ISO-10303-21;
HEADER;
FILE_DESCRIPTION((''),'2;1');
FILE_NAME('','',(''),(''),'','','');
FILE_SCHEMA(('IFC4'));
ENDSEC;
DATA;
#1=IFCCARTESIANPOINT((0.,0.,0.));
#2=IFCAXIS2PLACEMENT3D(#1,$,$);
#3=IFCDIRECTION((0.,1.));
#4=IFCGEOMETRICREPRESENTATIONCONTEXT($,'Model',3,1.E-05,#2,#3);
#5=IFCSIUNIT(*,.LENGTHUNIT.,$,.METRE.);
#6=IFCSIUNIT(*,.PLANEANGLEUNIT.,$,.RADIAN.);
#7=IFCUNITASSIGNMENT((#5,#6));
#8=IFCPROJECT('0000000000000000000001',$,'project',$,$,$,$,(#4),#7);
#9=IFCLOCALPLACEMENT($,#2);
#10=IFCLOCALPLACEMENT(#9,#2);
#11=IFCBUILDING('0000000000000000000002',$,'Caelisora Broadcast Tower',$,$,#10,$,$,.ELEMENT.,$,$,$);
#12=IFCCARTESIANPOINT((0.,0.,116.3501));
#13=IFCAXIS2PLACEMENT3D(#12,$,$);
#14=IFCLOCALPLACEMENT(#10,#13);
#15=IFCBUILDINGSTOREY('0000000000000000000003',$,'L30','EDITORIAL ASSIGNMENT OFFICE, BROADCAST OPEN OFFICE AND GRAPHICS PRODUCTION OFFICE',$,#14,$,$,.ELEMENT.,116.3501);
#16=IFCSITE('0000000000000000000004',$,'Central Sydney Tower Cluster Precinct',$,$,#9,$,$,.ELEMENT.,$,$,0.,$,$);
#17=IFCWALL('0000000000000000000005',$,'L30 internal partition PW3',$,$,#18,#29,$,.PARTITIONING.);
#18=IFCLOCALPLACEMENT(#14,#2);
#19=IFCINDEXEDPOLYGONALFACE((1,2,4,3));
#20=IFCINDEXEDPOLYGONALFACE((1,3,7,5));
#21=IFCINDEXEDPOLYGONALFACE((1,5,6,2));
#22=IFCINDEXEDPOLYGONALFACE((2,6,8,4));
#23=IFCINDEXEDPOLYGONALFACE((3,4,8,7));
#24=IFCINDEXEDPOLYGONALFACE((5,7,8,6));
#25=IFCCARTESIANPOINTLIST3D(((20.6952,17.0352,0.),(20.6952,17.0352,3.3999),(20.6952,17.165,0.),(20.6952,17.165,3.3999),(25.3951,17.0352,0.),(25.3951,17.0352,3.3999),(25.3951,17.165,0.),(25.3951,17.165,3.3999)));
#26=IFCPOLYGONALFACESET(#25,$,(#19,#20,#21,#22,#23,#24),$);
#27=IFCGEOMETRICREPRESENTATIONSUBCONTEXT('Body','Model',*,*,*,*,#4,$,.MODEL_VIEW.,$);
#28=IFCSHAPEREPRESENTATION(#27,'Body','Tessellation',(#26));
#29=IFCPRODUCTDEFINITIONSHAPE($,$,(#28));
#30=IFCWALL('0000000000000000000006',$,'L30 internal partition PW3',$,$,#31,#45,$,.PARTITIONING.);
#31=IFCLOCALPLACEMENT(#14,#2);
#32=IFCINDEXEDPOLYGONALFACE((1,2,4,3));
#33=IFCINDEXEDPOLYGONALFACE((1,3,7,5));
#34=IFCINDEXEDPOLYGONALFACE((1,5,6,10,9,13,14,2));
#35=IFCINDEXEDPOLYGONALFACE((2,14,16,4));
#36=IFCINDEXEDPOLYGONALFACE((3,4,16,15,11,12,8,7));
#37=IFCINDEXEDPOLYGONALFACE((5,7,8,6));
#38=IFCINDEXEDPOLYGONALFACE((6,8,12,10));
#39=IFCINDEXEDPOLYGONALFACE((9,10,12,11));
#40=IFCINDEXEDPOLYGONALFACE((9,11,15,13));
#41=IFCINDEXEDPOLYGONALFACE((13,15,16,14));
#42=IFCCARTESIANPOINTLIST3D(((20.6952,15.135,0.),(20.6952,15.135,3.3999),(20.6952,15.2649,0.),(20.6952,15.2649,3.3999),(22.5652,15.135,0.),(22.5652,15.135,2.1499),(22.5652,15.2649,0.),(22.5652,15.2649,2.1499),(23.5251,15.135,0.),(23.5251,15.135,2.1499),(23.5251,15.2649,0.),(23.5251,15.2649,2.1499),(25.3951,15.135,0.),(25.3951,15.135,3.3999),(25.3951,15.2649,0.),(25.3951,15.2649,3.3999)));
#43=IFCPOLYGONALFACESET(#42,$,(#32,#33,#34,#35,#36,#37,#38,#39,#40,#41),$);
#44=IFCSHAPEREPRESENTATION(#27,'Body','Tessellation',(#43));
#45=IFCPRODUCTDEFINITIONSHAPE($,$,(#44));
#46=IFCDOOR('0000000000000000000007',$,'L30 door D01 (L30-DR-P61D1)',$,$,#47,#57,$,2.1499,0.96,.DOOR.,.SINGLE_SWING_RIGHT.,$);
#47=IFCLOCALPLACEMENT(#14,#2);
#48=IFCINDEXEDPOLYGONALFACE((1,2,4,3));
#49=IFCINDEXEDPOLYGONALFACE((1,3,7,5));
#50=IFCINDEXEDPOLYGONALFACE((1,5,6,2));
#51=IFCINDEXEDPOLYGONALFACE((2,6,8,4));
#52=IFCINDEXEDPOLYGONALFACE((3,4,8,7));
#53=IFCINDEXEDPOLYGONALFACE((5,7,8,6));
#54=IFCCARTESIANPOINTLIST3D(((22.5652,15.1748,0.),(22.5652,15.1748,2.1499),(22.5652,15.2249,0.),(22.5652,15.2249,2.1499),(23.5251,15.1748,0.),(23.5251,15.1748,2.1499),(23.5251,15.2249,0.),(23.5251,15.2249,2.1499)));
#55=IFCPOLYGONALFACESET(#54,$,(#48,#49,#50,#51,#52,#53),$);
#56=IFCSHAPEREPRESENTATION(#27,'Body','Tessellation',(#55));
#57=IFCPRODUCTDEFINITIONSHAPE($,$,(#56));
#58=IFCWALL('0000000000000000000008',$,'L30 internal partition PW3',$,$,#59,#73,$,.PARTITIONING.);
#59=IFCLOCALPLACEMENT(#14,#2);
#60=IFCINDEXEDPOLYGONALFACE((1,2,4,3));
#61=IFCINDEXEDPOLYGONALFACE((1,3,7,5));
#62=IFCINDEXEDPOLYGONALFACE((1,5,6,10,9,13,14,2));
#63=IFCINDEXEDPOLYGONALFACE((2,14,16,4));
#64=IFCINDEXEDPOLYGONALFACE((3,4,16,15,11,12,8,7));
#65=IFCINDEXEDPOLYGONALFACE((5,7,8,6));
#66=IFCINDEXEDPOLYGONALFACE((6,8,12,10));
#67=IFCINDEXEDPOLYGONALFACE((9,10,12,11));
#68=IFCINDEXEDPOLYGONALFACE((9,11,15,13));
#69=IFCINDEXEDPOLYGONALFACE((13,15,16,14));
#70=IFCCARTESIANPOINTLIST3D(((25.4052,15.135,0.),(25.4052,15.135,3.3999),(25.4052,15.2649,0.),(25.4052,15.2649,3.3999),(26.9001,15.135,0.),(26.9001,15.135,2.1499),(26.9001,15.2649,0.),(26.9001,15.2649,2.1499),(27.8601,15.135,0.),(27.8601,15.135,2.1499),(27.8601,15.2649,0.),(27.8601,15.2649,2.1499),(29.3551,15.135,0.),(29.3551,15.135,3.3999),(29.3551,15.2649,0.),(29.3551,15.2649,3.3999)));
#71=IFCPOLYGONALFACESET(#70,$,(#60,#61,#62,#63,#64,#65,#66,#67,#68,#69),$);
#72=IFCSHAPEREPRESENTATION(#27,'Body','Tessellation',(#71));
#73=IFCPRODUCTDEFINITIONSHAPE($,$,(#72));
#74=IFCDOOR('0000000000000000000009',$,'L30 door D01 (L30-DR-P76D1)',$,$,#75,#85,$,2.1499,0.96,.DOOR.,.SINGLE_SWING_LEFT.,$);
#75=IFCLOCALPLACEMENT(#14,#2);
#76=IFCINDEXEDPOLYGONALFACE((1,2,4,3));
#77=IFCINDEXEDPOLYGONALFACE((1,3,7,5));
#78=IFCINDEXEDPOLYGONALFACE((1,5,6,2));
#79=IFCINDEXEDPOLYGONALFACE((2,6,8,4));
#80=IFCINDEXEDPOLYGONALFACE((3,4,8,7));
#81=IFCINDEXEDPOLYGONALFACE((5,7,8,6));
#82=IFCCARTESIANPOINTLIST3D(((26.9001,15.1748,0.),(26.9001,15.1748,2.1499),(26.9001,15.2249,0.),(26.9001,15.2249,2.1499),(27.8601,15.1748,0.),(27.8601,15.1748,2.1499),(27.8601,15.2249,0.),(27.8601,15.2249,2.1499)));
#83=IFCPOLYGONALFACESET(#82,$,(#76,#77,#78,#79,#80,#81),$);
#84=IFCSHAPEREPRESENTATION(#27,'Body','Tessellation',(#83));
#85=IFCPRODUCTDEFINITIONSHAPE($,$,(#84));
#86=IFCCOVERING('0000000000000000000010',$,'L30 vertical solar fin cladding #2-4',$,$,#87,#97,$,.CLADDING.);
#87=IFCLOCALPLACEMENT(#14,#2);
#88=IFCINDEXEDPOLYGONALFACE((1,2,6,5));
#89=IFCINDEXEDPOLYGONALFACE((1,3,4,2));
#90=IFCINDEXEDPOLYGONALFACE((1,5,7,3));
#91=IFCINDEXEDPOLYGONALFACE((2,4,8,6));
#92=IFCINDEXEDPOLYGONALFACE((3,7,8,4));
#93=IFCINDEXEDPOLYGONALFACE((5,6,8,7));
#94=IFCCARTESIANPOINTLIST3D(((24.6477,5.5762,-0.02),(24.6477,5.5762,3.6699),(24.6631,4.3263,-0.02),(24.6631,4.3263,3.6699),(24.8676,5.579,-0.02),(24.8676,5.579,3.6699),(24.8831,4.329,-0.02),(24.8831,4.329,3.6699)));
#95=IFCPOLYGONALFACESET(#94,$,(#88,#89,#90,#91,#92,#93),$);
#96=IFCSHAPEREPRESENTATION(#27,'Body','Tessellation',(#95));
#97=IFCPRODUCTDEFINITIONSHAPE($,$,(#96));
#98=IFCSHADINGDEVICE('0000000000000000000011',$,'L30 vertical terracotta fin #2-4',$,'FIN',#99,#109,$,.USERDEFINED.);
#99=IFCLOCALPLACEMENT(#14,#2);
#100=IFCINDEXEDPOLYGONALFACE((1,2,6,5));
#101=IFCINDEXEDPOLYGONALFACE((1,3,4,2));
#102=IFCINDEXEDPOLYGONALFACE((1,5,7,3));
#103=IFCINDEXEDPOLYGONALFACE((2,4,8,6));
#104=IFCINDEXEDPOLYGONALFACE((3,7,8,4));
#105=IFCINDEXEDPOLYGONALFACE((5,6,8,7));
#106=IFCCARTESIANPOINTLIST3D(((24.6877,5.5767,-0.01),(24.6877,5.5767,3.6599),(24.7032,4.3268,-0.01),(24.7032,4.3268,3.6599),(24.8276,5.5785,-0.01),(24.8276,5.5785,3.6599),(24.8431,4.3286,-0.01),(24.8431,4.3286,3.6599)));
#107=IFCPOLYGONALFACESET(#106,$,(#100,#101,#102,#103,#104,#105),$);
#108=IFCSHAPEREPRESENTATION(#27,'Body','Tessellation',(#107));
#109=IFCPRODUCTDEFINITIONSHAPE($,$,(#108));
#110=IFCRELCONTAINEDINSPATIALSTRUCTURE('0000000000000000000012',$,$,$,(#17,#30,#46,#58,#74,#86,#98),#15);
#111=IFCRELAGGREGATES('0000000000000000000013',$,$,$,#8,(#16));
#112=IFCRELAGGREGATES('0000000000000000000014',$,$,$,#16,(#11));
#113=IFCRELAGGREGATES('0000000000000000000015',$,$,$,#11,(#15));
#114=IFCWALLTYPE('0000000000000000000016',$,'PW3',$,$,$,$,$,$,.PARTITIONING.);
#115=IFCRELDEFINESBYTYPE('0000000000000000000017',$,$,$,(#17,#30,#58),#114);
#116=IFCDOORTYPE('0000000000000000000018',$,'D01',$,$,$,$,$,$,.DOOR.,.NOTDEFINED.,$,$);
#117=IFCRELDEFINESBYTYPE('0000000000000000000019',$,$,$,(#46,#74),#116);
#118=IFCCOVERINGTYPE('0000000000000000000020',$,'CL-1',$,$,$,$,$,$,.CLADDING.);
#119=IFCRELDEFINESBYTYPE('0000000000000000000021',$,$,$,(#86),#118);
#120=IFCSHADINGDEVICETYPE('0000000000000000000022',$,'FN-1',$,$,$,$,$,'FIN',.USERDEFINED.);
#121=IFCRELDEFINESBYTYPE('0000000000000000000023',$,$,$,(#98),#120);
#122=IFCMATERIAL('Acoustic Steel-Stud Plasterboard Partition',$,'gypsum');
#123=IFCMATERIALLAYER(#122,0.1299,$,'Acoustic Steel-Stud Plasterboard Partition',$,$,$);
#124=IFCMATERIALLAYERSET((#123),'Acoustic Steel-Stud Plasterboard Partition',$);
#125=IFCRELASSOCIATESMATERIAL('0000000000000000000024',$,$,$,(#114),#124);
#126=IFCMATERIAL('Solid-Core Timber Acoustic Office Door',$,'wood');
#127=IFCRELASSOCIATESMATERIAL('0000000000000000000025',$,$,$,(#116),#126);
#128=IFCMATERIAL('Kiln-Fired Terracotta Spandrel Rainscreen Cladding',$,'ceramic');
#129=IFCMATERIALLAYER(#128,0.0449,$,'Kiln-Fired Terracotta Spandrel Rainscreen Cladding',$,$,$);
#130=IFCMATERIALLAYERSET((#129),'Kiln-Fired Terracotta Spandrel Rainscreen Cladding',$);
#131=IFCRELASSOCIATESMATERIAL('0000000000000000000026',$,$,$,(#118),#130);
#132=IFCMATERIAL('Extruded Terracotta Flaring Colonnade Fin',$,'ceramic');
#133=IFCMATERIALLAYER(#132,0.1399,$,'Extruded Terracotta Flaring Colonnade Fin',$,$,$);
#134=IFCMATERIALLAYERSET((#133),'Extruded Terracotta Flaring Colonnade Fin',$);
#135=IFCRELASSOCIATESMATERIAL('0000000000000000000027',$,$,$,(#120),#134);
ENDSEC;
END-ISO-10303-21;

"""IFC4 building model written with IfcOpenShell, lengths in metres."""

from ifc_helpers import new_model, si_unit, direction, frame, frame_2d, origin, origin_2d, place, context, subcontext, project, spatial, rectangle, extrude, source, transform, mapped, material, layer, layer_set, type_object, type_shapes, element, fill, save


model = new_model("IFC4")

# Units and contexts
model_context = context("Model", 3, precision=1e-05, world=origin(), true_north=direction((0.0, 1.0)))
body_context = subcontext(model_context, "Body", "Model", "MODEL_VIEW")
ifc_project = project(units=[si_unit("LENGTHUNIT", "METRE"), si_unit("PLANEANGLEUNIT", "RADIAN")], contexts=[model_context])

# Site, building, storey
site_placement = place(None, origin())
site = spatial("IfcSite", under=ifc_project, at=site_placement, Name="Central Sydney Tower Cluster Precinct", CompositionType="ELEMENT", RefElevation=0.0)
building_placement = place(site_placement, origin())
building = spatial("IfcBuilding", under=site, at=building_placement, Name="Caelisora Broadcast Tower", CompositionType="ELEMENT")
storey_placement = place(building_placement, frame((0.0, 0.0, 116.3501)))
storey = spatial("IfcBuildingStorey", under=building, at=storey_placement, Name="L30", Description="EDITORIAL ASSIGNMENT OFFICE, BROADCAST OPEN OFFICE AND GRAPHICS PRODUCTION OFFICE", CompositionType="ELEMENT", Elevation=116.3501)

# Shared definitions
ifc_material_1 = material(Name="Acoustic Steel-Stud Plasterboard Partition", Category="gypsum")
ifc_layer_1 = layer(ifc_material_1, 0.1299, Name="Acoustic Steel-Stud Plasterboard Partition")
ifc_layer_set_1 = layer_set([ifc_layer_1], Name="Acoustic Steel-Stud Plasterboard Partition")
wall_type = type_object("IfcWallType", Name="PW3", PredefinedType="PARTITIONING", material=ifc_layer_set_1)

# Shared definitions
ifc_material_2 = material(Name="Solid-Core Timber Acoustic Office Door", Category="wood")
door_type = type_object("IfcDoorType", Name="D01", OperationType="NOTDEFINED", PredefinedType="DOOR", material=ifc_material_2)

# Wall
wall_1_placement = place(storey_placement, frame((20.6951, 17.1001, 0.0), z_axis=(0.0, 0.0, 1.0), x_axis=(1.0, 0.0, 0.0)))
element("IfcWall", 1, at=wall_1_placement, inside=storey, type_object=wall_type, Name="L30 internal partition PW3", PredefinedType="PARTITIONING", context=body_context, shape_type="SweptSolid", body=[
    extrude(rectangle(XDim=4.7, YDim=0.1299, at=frame_2d((2.3501, 0.0))), origin(), (0.0, 0.0, 1.0), 3.3999),
])

# Walls, openings, doors
wall_2_placement = place(storey_placement, frame((20.6951, 15.2, 0.0), z_axis=(0.0, 0.0, 1.0), x_axis=(1.0, 0.0, 0.0)))
wall_2 = element("IfcWall", 2, at=wall_2_placement, inside=storey, type_object=wall_type, Name="L30 internal partition PW3", PredefinedType="PARTITIONING", context=body_context, shape_type="SweptSolid", body=[
    extrude(rectangle(XDim=4.7, YDim=0.1299, at=frame_2d((2.3501, 0.0))), origin(), (0.0, 0.0, 1.0), 3.3999),
])
opening_1_placement = place(wall_2_placement, frame((1.8701, 0.0, 0.0)))
opening_1 = element("IfcOpeningElement", 3, at=opening_1_placement, cuts=wall_2, PredefinedType="OPENING", context=body_context, shape_type="SweptSolid", body=[
    extrude(rectangle(XDim=0.96, YDim=2.1499, at=frame_2d((0.48, 1.075))), frame((0.0, 0.0769, 0.0), z_axis=(0.0, -1.0, 0.0), x_axis=(1.0, 0.0, 0.0)), (0.0, 0.0, 1.0), 0.1538),
])
door_1_placement = place(opening_1_placement, origin())
door_1 = element("IfcDoor", 4, at=door_1_placement, inside=storey, type_object=door_type, Name="L30 door D01 (L30-DR-P61D1)", OperationType="SINGLE_SWING_RIGHT", OverallHeight=2.1499, OverallWidth=0.96, PredefinedType="DOOR", context=body_context, shape_type="SweptSolid", body=[
    extrude(rectangle(XDim=0.96, YDim=2.1499, at=frame_2d((0.48, 1.075))), frame((0.0, 0.0249, 0.0), z_axis=(0.0, -1.0, 0.0), x_axis=(1.0, 0.0, 0.0)), (0.0, 0.0, 1.0), 0.05),
])
fill(opening_1, door_1)
wall_3_placement = place(storey_placement, frame((25.405, 15.2, 0.0), z_axis=(0.0, 0.0, 1.0), x_axis=(1.0, 0.0, 0.0)))
wall_3 = element("IfcWall", 5, at=wall_3_placement, inside=storey, type_object=wall_type, Name="L30 internal partition PW3", PredefinedType="PARTITIONING", context=body_context, shape_type="SweptSolid", body=[
    extrude(rectangle(XDim=3.95, YDim=0.1299, at=frame_2d((1.9751, 0.0))), origin(), (0.0, 0.0, 1.0), 3.3999),
])
opening_2_placement = place(wall_3_placement, frame((1.4951, 0.0, 0.0)))
opening_2 = element("IfcOpeningElement", 6, at=opening_2_placement, cuts=wall_3, PredefinedType="OPENING", context=body_context, shape_type="SweptSolid", body=[
    extrude(rectangle(XDim=0.96, YDim=2.1499, at=frame_2d((0.48, 1.075))), frame((0.0, 0.0769, 0.0), z_axis=(0.0, -1.0, 0.0), x_axis=(1.0, 0.0, 0.0)), (0.0, 0.0, 1.0), 0.1538),
])
door_2_placement = place(opening_2_placement, origin())
door_2 = element("IfcDoor", 7, at=door_2_placement, inside=storey, type_object=door_type, Name="L30 door D01 (L30-DR-P76D1)", OperationType="SINGLE_SWING_LEFT", OverallHeight=2.1499, OverallWidth=0.96, PredefinedType="DOOR", context=body_context, shape_type="SweptSolid", body=[
    extrude(rectangle(XDim=0.96, YDim=2.1499, at=frame_2d((0.48, 1.075))), frame((0.0, 0.0249, 0.0), z_axis=(0.0, -1.0, 0.0), x_axis=(1.0, 0.0, 0.0)), (0.0, 0.0, 1.0), 0.05),
])
fill(opening_2, door_2)

# Covering
ifc_material_3 = material(Name="Kiln-Fired Terracotta Spandrel Rainscreen Cladding", Category="ceramic")
ifc_layer_2 = layer(ifc_material_3, 0.0449, Name="Kiln-Fired Terracotta Spandrel Rainscreen Cladding")
ifc_layer_set_2 = layer_set([ifc_layer_2], Name="Kiln-Fired Terracotta Spandrel Rainscreen Cladding")
covering_type = type_object("IfcCoveringType", Name="CL-1", PredefinedType="CLADDING", material=ifc_layer_set_2)
shared_shape_1 = source(origin(), body_context, "Body", "SweptSolid", [
    extrude(rectangle(XDim=0.22, YDim=1.25, at=origin_2d()), origin(), (0.0, 0.0, 1.0), 3.6899),
])
type_shapes(covering_type, [shared_shape_1])
covering_placement = place(storey_placement, frame((24.7654, 4.9526, -0.02), z_axis=(0.0, 0.0, 1.0), x_axis=(-0.999923, -0.012392, 0.0)))
element("IfcCovering", 8, at=covering_placement, inside=storey, type_object=covering_type, Name="L30 vertical solar fin cladding #2-4", PredefinedType="CLADDING", context=body_context, shape_type="MappedRepresentation", body=[
    mapped(shared_shape_1, transform((0.0, 0.0, 0.0), scale=1.0)),
])

# Shading device
ifc_material_4 = material(Name="Extruded Terracotta Flaring Colonnade Fin", Category="ceramic")
ifc_layer_3 = layer(ifc_material_4, 0.1399, Name="Extruded Terracotta Flaring Colonnade Fin")
ifc_layer_set_3 = layer_set([ifc_layer_3], Name="Extruded Terracotta Flaring Colonnade Fin")
shading_device_type = type_object("IfcShadingDeviceType", Name="FN-1", ElementType="FIN", PredefinedType="USERDEFINED", material=ifc_layer_set_3)
shared_shape_2 = source(origin(), body_context, "Body", "SweptSolid", [
    extrude(rectangle(XDim=0.1399, YDim=1.25, at=origin_2d()), origin(), (0.0, 0.0, 1.0), 3.6699),
])
type_shapes(shading_device_type, [shared_shape_2])
shading_device_placement = place(storey_placement, frame((24.7654, 4.9526, -0.01), z_axis=(0.0, 0.0, 1.0), x_axis=(-0.999923, -0.012392, 0.0)))
element("IfcShadingDevice", 9, at=shading_device_placement, inside=storey, type_object=shading_device_type, Name="L30 vertical terracotta fin #2-4", ObjectType="FIN", PredefinedType="USERDEFINED", context=body_context, shape_type="MappedRepresentation", body=[
    mapped(shared_shape_2, transform((0.0, 0.0, 0.0), scale=1.0)),
])

save(model, "model.ifc")
